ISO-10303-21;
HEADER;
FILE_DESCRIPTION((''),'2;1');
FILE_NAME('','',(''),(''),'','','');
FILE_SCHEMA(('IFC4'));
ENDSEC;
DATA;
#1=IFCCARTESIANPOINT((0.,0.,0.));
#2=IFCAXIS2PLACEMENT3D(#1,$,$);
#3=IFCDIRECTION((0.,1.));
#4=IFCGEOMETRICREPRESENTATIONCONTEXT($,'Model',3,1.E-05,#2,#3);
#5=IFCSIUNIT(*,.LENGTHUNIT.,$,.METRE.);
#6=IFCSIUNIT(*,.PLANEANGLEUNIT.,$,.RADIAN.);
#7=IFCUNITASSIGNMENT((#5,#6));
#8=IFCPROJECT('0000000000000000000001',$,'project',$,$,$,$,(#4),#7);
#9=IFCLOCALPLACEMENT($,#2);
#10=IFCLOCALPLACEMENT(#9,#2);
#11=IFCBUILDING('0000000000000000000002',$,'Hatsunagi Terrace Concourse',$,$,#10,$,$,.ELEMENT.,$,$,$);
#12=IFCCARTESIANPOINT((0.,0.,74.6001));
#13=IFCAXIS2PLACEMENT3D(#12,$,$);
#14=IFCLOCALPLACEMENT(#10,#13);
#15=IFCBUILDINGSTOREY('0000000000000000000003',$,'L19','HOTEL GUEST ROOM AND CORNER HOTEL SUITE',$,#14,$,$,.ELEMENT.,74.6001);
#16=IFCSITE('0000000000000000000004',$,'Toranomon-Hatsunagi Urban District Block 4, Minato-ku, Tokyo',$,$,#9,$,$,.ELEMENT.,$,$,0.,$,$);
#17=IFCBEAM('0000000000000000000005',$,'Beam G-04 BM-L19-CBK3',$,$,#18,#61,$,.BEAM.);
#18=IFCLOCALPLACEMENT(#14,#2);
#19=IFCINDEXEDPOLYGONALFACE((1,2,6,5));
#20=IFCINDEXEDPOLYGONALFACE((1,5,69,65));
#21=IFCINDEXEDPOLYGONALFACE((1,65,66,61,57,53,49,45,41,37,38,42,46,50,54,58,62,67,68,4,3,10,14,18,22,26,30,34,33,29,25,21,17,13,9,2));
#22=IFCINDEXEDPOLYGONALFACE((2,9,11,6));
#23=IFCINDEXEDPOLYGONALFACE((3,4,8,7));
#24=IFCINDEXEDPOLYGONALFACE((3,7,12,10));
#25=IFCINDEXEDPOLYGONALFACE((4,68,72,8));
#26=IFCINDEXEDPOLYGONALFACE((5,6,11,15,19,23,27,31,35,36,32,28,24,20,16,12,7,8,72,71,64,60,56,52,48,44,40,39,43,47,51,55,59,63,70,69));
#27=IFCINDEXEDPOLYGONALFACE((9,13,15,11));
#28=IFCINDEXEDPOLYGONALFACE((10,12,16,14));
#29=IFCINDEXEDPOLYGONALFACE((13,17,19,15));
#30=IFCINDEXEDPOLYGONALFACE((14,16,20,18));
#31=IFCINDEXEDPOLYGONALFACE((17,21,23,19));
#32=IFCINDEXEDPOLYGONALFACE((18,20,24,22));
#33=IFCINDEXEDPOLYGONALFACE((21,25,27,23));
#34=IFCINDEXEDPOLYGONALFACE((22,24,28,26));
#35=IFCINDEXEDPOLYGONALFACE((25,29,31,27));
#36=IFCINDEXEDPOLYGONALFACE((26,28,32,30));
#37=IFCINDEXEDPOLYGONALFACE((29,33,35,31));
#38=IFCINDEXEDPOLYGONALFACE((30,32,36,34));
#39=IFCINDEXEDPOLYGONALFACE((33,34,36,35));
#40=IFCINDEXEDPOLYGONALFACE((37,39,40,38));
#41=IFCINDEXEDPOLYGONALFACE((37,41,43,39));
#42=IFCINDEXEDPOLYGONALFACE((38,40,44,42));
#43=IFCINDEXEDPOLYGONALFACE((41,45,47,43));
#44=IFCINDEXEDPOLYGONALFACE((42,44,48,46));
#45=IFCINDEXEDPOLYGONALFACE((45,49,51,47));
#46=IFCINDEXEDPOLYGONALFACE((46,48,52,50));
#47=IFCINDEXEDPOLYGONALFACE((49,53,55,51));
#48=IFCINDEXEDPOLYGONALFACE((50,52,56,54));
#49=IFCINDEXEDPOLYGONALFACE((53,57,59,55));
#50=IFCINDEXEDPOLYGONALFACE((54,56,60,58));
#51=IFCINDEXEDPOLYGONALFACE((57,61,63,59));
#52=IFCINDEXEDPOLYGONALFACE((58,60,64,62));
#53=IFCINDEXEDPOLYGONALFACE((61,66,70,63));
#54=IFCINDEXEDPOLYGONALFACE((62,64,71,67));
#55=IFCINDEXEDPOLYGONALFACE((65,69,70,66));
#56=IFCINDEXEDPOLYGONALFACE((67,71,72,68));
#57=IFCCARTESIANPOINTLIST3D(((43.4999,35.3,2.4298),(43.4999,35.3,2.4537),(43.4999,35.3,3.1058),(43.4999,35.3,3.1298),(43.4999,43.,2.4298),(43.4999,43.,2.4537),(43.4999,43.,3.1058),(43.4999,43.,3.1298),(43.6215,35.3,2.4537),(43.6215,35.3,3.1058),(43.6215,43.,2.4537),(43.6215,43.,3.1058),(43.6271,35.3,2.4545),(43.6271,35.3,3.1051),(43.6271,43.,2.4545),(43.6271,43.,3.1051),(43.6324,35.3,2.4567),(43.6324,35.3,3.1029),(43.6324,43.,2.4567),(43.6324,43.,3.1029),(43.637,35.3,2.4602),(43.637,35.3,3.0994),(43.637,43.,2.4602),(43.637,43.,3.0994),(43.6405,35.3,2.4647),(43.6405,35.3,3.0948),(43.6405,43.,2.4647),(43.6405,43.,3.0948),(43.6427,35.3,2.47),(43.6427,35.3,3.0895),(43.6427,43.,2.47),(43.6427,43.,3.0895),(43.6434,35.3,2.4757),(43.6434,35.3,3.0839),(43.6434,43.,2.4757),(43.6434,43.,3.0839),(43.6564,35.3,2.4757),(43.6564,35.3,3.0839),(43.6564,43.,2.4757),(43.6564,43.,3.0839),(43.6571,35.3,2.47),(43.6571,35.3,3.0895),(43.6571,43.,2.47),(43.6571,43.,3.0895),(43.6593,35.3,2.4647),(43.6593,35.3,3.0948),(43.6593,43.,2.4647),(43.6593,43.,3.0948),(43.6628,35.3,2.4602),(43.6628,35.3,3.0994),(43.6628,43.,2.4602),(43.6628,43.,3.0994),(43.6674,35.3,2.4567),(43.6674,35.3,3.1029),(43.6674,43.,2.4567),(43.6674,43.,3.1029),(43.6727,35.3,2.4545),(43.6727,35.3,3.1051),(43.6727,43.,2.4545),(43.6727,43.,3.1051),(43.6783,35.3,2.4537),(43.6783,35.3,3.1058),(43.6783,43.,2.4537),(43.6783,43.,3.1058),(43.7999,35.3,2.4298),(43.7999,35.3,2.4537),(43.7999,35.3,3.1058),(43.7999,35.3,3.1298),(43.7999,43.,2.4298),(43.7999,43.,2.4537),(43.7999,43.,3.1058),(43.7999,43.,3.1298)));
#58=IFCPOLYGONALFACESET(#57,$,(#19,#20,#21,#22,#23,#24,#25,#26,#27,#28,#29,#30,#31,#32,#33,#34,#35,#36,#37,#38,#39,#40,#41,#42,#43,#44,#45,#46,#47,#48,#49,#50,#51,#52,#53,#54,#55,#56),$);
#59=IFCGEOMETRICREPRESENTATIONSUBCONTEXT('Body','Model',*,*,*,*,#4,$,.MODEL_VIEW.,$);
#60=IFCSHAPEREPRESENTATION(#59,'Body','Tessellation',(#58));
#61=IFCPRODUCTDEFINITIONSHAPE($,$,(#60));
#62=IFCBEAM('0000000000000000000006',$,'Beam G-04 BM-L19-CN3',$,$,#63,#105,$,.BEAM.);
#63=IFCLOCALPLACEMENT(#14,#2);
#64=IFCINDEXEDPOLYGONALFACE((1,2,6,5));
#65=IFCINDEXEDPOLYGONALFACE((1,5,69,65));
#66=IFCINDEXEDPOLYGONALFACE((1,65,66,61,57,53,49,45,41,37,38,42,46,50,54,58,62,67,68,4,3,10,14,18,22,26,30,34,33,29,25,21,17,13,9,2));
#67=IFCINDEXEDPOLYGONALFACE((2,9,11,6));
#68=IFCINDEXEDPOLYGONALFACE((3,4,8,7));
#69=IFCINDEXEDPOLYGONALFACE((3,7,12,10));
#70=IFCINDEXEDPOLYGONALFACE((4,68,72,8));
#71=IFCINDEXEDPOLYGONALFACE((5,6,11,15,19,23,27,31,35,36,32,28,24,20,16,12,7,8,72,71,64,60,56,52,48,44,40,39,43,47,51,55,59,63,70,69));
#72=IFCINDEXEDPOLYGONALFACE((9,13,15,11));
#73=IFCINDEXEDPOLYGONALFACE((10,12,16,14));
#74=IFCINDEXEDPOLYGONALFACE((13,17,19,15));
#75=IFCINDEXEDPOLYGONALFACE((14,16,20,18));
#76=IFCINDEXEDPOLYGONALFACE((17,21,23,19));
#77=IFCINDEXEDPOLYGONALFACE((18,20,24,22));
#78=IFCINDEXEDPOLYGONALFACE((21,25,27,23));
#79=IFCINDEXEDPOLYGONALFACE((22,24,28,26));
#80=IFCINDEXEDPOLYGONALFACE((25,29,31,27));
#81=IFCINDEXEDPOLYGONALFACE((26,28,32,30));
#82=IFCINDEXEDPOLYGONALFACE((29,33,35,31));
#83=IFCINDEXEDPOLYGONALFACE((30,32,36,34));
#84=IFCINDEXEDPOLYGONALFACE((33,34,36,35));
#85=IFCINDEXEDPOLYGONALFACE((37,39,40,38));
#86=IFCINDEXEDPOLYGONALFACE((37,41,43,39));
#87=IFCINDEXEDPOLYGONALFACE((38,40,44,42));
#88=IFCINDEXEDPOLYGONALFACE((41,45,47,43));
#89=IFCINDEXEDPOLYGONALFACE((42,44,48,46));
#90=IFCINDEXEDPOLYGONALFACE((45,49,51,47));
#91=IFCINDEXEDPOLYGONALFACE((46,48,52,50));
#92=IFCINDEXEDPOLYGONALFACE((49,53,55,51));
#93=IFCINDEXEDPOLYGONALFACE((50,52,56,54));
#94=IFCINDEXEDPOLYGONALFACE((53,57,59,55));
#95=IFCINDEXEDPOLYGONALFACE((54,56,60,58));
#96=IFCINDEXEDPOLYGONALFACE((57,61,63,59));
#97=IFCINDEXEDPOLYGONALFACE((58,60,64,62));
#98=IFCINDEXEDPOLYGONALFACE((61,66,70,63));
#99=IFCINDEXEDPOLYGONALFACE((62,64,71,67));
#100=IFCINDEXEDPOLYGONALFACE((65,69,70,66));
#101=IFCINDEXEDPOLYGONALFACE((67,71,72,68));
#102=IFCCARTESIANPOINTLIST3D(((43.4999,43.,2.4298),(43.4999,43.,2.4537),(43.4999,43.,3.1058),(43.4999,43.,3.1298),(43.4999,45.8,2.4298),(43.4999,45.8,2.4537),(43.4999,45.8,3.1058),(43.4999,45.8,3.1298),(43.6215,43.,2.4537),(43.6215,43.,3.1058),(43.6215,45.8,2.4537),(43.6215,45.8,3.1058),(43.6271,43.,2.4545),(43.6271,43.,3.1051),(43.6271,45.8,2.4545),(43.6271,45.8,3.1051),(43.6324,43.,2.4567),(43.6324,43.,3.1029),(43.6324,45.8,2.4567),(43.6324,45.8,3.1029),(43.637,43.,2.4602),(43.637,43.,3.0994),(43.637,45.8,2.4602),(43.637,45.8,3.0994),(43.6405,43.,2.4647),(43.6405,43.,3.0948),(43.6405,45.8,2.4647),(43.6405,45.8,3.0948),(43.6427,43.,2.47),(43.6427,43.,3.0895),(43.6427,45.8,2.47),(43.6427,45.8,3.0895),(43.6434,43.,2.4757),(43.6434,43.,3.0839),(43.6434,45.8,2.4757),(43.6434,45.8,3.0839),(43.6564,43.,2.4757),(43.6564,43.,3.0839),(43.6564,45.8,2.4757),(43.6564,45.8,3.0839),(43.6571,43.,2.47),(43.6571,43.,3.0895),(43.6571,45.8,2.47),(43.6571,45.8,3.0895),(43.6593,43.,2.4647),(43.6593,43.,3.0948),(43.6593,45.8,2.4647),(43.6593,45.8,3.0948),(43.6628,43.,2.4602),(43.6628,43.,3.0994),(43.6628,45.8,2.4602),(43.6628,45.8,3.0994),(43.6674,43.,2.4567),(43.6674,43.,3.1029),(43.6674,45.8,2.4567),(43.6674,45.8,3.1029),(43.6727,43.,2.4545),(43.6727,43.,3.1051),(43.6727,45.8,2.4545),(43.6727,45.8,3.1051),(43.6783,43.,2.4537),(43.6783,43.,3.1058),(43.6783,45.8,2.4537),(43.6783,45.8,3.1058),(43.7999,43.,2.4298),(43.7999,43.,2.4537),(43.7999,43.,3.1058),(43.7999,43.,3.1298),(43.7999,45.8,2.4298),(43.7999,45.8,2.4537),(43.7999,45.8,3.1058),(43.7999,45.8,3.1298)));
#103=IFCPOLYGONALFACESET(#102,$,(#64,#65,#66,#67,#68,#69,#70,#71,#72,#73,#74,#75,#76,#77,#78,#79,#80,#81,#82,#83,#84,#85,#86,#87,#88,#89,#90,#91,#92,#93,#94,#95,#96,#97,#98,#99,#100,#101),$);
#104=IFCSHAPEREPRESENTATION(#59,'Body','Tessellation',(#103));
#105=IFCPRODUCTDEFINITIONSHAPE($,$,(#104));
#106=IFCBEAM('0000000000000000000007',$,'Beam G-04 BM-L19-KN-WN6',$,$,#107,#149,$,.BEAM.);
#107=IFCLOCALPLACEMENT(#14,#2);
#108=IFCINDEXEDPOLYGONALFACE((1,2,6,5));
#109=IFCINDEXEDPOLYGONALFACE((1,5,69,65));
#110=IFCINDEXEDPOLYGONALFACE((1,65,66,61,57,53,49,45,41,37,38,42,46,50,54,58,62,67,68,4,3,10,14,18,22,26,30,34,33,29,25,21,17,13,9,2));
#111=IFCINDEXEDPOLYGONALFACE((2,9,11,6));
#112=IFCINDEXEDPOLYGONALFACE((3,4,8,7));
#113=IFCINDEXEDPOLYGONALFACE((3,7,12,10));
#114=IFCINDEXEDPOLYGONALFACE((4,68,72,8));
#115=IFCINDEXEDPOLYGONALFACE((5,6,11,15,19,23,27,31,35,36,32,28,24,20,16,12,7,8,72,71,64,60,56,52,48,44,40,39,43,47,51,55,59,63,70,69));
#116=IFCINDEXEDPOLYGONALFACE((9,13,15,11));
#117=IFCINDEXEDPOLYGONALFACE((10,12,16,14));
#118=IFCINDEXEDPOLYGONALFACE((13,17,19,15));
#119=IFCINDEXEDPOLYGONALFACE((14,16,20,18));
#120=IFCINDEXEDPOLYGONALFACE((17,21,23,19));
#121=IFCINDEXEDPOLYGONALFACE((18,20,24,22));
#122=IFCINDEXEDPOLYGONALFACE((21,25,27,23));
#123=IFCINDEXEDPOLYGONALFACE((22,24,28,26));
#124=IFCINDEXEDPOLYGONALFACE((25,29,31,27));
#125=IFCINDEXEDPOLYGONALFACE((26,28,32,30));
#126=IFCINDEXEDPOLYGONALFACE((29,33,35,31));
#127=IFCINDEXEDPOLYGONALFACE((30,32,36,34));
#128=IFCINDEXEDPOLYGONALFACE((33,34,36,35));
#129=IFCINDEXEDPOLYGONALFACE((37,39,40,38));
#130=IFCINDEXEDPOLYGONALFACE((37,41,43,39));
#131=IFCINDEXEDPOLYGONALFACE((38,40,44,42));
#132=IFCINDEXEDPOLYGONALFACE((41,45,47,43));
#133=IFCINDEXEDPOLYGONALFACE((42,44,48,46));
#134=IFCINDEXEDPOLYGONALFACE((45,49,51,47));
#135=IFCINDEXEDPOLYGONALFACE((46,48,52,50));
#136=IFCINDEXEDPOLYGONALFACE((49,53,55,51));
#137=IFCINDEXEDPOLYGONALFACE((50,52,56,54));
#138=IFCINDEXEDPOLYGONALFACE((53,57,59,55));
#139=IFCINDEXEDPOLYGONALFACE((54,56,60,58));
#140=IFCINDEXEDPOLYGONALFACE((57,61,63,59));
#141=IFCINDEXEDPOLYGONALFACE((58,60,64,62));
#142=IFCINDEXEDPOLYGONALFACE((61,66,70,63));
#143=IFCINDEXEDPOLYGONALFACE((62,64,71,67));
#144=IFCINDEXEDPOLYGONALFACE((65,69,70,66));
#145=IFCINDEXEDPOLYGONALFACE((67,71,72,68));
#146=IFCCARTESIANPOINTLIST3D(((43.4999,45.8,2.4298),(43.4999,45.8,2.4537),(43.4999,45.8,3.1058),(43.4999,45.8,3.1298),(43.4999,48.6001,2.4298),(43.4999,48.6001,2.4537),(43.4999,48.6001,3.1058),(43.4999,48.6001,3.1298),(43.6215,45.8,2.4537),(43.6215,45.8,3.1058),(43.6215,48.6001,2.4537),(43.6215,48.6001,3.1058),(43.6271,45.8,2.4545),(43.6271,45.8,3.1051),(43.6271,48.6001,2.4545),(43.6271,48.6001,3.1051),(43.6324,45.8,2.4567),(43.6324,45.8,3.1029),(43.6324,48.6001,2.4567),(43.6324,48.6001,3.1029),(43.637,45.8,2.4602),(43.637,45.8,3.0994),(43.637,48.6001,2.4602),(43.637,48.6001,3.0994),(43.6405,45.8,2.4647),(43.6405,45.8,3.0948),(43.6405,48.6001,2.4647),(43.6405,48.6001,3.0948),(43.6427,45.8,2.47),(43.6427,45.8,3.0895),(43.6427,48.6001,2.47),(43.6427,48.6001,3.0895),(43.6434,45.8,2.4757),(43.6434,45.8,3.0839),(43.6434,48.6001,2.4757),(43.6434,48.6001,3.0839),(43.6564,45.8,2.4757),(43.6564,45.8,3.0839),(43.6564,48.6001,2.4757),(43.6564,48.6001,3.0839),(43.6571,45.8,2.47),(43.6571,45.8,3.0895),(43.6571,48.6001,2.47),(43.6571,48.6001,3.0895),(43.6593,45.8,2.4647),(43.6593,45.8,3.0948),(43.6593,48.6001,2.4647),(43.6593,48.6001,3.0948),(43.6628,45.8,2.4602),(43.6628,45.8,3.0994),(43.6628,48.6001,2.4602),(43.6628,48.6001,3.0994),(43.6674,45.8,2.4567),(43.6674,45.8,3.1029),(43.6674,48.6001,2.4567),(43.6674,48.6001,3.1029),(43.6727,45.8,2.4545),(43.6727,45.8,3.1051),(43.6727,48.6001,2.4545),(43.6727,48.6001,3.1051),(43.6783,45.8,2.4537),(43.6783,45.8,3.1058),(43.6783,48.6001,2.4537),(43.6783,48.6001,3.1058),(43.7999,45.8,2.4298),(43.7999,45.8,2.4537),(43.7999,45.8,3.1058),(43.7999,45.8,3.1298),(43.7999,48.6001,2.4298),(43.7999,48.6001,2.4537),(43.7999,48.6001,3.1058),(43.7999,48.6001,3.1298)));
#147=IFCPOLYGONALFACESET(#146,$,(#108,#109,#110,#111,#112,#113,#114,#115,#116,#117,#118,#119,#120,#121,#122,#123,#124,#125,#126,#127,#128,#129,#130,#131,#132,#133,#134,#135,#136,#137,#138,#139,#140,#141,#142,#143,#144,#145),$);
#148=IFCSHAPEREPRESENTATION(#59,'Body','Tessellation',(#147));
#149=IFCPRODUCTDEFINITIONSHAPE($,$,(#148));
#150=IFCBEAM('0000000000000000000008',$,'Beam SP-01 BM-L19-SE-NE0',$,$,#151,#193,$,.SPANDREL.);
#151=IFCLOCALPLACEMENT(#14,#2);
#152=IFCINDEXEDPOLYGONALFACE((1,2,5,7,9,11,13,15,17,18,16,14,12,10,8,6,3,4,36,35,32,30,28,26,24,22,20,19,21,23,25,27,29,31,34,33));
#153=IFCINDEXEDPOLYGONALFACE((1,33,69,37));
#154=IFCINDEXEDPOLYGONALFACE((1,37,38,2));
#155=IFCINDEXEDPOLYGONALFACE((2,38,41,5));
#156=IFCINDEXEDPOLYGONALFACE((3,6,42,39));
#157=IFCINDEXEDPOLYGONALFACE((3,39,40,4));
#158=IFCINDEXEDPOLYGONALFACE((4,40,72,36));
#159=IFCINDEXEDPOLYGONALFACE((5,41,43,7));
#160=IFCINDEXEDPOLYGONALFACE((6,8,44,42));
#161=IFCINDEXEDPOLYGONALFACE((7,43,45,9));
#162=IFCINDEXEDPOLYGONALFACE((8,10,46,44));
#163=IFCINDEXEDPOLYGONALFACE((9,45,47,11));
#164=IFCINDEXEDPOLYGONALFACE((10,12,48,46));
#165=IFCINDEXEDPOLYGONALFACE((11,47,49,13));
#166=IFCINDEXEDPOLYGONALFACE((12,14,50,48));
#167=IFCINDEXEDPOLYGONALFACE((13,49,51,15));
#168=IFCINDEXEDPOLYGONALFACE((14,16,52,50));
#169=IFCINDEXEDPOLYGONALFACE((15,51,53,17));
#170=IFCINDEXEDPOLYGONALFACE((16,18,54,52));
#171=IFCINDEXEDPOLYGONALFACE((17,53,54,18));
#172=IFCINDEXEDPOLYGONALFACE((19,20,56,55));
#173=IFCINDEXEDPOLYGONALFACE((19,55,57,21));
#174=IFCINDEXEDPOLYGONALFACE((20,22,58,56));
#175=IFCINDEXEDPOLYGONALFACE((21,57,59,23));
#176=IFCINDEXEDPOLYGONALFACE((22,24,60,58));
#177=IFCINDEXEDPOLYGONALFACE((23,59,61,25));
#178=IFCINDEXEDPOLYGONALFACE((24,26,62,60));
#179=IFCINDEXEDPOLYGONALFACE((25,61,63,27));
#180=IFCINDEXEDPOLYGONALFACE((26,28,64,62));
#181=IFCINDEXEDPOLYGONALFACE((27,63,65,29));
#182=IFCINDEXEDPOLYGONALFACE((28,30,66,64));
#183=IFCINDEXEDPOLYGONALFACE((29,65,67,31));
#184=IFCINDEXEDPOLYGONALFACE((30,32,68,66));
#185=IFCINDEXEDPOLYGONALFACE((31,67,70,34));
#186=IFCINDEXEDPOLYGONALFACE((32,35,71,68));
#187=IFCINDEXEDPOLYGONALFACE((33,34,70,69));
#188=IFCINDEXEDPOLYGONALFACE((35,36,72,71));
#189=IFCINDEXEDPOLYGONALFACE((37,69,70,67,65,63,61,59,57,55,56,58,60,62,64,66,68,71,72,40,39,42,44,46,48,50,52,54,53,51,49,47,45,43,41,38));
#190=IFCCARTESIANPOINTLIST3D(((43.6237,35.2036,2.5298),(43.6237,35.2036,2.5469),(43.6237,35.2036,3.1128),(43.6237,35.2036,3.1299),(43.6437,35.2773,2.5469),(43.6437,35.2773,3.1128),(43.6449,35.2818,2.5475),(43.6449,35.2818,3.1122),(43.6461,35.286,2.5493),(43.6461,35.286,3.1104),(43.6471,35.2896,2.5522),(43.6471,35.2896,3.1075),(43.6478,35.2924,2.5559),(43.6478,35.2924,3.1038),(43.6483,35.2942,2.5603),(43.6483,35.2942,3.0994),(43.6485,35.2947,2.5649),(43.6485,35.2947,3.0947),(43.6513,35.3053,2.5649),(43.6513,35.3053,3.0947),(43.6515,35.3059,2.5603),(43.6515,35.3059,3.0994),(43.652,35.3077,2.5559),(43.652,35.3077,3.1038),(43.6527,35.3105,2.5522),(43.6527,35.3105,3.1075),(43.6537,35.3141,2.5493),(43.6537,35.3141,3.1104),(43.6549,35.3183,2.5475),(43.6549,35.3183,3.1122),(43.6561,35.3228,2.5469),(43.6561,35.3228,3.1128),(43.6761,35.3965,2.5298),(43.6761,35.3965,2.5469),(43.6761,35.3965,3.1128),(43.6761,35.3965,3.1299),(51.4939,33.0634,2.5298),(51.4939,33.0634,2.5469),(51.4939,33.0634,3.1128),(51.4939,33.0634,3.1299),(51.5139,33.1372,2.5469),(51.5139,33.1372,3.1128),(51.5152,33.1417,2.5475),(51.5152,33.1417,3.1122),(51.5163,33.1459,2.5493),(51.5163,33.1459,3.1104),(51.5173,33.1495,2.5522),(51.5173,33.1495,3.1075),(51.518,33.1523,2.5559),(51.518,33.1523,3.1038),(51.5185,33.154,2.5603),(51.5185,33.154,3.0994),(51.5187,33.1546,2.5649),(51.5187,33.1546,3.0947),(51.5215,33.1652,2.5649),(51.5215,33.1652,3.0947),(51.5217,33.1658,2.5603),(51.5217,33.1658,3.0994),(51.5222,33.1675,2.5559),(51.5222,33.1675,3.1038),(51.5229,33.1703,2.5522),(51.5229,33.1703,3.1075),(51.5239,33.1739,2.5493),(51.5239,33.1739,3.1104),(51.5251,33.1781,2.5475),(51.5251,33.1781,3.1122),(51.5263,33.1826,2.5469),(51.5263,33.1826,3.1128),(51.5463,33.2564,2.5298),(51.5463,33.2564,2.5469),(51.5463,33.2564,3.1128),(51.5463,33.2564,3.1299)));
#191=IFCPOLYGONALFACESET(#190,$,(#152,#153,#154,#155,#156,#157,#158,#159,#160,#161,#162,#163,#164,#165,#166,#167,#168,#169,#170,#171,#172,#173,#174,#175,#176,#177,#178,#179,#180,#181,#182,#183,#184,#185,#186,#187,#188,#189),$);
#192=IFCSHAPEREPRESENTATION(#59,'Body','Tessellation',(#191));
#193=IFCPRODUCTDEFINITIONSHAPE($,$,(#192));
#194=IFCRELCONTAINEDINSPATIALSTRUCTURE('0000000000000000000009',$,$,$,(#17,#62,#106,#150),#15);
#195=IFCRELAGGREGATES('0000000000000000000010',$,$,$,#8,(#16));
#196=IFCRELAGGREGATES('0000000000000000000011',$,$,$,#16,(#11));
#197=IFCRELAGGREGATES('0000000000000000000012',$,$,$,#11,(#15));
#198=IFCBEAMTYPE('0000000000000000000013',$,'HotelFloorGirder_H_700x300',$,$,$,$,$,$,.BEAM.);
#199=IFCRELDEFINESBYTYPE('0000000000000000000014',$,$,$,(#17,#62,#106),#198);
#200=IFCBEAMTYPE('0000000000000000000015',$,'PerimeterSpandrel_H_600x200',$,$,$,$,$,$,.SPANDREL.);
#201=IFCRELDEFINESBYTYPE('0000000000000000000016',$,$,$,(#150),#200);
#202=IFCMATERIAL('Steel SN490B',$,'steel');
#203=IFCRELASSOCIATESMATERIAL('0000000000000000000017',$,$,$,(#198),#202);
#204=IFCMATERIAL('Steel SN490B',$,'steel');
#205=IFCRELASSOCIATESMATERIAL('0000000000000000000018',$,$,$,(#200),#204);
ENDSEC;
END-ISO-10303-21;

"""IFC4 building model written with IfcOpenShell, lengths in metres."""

from ifc_helpers import new_model, si_unit, direction, frame, origin, origin_2d, place, context, subcontext, project, spatial, i_section, extrude, material, material_profile, profile_set, type_object, element, save


model = new_model("IFC4")

# Units and contexts
model_context = context("Model", 3, precision=1e-05, world=origin(), true_north=direction((0.0, 1.0)))
body_context = subcontext(model_context, "Body", "Model", "MODEL_VIEW")
ifc_project = project(units=[si_unit("LENGTHUNIT", "METRE"), si_unit("PLANEANGLEUNIT", "RADIAN")], contexts=[model_context])

# Site, building, storey
site_placement = place(None, origin())
site = spatial("IfcSite", under=ifc_project, at=site_placement, Name="Toranomon-Hatsunagi Urban District Block 4, Minato-ku, Tokyo", CompositionType="ELEMENT", RefElevation=0.0)
building_placement = place(site_placement, origin())
building = spatial("IfcBuilding", under=site, at=building_placement, Name="Hatsunagi Terrace Concourse", CompositionType="ELEMENT")
storey_placement = place(building_placement, frame((0.0, 0.0, 74.6001)))
storey = spatial("IfcBuildingStorey", under=building, at=storey_placement, Name="L19", Description="HOTEL GUEST ROOM AND CORNER HOTEL SUITE", CompositionType="ELEMENT", Elevation=74.6001)

# Beams
ifc_material_1 = material(Name="Steel SN490B", Category="steel")
ifc_material_profile_1 = material_profile(ifc_material_1, i_section(OverallWidth=0.3, OverallDepth=0.7, WebThickness=0.0129, FlangeThickness=0.0239, FilletRadius=0.022, at=origin_2d()), Name="H-700x300x13x24")
ifc_profile_set_1 = profile_set([ifc_material_profile_1], Name="Steel SN490B")
beam_type_1 = type_object("IfcBeamType", Name="HotelFloorGirder_H_700x300", PredefinedType="BEAM", material=ifc_profile_set_1)
beam_1_placement = place(storey_placement, frame((43.6499, 35.3, 2.7798), z_axis=(0.0, 1.0, 0.0), x_axis=(-1.0, 0.0, 0.0)))
element("IfcBeam", 1, at=beam_1_placement, inside=storey, type_object=beam_type_1, Name="Beam G-04 BM-L19-CBK3", PredefinedType="BEAM", context=body_context, shape_type="SweptSolid", body=[
    extrude(i_section(OverallWidth=0.3, OverallDepth=0.7, WebThickness=0.0129, FlangeThickness=0.0239, FilletRadius=0.022, at=origin_2d()), origin(), (0.0, 0.0, 1.0), 7.7),
])
for number, where, z_axis, x_axis, name in (
    (2, (43.6499, 43.0, 2.7798), (0.0, 1.0, 0.0), (-1.0, 0.0, 0.0), "Beam G-04 BM-L19-CN3"),
    (3, (43.6499, 45.8, 2.7798), (0.0, 1.0, 0.0), (-1.0, 0.0, 0.0), "Beam G-04 BM-L19-KN-WN6"),
):
    element("IfcBeam", number, at=place(storey_placement, frame(where, z_axis=z_axis, x_axis=x_axis)), inside=storey, type_object=beam_type_1, Name=name, PredefinedType="BEAM", context=body_context, shape_type="SweptSolid", body=[
        extrude(i_section(OverallWidth=0.3, OverallDepth=0.7, WebThickness=0.0129, FlangeThickness=0.0239, FilletRadius=0.022, at=origin_2d()), origin(), (0.0, 0.0, 1.0), 2.8),
    ])
ifc_material_2 = material(Name="Steel SN490B", Category="steel")
ifc_material_profile_2 = material_profile(ifc_material_2, i_section(OverallWidth=0.2, OverallDepth=0.6001, WebThickness=0.011, FlangeThickness=0.0171, FilletRadius=0.0181, at=origin_2d()), Name="H-600x200x11x17")
ifc_profile_set_2 = profile_set([ifc_material_profile_2], Name="Steel SN490B")
beam_type_2 = type_object("IfcBeamType", Name="PerimeterSpandrel_H_600x200", PredefinedType="SPANDREL", material=ifc_profile_set_2)
beam_2_placement = place(storey_placement, frame((43.6499, 35.3, 2.8298), z_axis=(0.964958, -0.262403, 0.0), x_axis=(0.262403, 0.964958, 0.0)))
element("IfcBeam", 4, at=beam_2_placement, inside=storey, type_object=beam_type_2, Name="Beam SP-01 BM-L19-SE-NE0", PredefinedType="SPANDREL", context=body_context, shape_type="SweptSolid", body=[
    extrude(i_section(OverallWidth=0.2, OverallDepth=0.6001, WebThickness=0.011, FlangeThickness=0.0171, FilletRadius=0.0181, at=origin_2d()), origin(), (0.0, 0.0, 1.0), 8.156),
])

save(model, "model.ifc")
